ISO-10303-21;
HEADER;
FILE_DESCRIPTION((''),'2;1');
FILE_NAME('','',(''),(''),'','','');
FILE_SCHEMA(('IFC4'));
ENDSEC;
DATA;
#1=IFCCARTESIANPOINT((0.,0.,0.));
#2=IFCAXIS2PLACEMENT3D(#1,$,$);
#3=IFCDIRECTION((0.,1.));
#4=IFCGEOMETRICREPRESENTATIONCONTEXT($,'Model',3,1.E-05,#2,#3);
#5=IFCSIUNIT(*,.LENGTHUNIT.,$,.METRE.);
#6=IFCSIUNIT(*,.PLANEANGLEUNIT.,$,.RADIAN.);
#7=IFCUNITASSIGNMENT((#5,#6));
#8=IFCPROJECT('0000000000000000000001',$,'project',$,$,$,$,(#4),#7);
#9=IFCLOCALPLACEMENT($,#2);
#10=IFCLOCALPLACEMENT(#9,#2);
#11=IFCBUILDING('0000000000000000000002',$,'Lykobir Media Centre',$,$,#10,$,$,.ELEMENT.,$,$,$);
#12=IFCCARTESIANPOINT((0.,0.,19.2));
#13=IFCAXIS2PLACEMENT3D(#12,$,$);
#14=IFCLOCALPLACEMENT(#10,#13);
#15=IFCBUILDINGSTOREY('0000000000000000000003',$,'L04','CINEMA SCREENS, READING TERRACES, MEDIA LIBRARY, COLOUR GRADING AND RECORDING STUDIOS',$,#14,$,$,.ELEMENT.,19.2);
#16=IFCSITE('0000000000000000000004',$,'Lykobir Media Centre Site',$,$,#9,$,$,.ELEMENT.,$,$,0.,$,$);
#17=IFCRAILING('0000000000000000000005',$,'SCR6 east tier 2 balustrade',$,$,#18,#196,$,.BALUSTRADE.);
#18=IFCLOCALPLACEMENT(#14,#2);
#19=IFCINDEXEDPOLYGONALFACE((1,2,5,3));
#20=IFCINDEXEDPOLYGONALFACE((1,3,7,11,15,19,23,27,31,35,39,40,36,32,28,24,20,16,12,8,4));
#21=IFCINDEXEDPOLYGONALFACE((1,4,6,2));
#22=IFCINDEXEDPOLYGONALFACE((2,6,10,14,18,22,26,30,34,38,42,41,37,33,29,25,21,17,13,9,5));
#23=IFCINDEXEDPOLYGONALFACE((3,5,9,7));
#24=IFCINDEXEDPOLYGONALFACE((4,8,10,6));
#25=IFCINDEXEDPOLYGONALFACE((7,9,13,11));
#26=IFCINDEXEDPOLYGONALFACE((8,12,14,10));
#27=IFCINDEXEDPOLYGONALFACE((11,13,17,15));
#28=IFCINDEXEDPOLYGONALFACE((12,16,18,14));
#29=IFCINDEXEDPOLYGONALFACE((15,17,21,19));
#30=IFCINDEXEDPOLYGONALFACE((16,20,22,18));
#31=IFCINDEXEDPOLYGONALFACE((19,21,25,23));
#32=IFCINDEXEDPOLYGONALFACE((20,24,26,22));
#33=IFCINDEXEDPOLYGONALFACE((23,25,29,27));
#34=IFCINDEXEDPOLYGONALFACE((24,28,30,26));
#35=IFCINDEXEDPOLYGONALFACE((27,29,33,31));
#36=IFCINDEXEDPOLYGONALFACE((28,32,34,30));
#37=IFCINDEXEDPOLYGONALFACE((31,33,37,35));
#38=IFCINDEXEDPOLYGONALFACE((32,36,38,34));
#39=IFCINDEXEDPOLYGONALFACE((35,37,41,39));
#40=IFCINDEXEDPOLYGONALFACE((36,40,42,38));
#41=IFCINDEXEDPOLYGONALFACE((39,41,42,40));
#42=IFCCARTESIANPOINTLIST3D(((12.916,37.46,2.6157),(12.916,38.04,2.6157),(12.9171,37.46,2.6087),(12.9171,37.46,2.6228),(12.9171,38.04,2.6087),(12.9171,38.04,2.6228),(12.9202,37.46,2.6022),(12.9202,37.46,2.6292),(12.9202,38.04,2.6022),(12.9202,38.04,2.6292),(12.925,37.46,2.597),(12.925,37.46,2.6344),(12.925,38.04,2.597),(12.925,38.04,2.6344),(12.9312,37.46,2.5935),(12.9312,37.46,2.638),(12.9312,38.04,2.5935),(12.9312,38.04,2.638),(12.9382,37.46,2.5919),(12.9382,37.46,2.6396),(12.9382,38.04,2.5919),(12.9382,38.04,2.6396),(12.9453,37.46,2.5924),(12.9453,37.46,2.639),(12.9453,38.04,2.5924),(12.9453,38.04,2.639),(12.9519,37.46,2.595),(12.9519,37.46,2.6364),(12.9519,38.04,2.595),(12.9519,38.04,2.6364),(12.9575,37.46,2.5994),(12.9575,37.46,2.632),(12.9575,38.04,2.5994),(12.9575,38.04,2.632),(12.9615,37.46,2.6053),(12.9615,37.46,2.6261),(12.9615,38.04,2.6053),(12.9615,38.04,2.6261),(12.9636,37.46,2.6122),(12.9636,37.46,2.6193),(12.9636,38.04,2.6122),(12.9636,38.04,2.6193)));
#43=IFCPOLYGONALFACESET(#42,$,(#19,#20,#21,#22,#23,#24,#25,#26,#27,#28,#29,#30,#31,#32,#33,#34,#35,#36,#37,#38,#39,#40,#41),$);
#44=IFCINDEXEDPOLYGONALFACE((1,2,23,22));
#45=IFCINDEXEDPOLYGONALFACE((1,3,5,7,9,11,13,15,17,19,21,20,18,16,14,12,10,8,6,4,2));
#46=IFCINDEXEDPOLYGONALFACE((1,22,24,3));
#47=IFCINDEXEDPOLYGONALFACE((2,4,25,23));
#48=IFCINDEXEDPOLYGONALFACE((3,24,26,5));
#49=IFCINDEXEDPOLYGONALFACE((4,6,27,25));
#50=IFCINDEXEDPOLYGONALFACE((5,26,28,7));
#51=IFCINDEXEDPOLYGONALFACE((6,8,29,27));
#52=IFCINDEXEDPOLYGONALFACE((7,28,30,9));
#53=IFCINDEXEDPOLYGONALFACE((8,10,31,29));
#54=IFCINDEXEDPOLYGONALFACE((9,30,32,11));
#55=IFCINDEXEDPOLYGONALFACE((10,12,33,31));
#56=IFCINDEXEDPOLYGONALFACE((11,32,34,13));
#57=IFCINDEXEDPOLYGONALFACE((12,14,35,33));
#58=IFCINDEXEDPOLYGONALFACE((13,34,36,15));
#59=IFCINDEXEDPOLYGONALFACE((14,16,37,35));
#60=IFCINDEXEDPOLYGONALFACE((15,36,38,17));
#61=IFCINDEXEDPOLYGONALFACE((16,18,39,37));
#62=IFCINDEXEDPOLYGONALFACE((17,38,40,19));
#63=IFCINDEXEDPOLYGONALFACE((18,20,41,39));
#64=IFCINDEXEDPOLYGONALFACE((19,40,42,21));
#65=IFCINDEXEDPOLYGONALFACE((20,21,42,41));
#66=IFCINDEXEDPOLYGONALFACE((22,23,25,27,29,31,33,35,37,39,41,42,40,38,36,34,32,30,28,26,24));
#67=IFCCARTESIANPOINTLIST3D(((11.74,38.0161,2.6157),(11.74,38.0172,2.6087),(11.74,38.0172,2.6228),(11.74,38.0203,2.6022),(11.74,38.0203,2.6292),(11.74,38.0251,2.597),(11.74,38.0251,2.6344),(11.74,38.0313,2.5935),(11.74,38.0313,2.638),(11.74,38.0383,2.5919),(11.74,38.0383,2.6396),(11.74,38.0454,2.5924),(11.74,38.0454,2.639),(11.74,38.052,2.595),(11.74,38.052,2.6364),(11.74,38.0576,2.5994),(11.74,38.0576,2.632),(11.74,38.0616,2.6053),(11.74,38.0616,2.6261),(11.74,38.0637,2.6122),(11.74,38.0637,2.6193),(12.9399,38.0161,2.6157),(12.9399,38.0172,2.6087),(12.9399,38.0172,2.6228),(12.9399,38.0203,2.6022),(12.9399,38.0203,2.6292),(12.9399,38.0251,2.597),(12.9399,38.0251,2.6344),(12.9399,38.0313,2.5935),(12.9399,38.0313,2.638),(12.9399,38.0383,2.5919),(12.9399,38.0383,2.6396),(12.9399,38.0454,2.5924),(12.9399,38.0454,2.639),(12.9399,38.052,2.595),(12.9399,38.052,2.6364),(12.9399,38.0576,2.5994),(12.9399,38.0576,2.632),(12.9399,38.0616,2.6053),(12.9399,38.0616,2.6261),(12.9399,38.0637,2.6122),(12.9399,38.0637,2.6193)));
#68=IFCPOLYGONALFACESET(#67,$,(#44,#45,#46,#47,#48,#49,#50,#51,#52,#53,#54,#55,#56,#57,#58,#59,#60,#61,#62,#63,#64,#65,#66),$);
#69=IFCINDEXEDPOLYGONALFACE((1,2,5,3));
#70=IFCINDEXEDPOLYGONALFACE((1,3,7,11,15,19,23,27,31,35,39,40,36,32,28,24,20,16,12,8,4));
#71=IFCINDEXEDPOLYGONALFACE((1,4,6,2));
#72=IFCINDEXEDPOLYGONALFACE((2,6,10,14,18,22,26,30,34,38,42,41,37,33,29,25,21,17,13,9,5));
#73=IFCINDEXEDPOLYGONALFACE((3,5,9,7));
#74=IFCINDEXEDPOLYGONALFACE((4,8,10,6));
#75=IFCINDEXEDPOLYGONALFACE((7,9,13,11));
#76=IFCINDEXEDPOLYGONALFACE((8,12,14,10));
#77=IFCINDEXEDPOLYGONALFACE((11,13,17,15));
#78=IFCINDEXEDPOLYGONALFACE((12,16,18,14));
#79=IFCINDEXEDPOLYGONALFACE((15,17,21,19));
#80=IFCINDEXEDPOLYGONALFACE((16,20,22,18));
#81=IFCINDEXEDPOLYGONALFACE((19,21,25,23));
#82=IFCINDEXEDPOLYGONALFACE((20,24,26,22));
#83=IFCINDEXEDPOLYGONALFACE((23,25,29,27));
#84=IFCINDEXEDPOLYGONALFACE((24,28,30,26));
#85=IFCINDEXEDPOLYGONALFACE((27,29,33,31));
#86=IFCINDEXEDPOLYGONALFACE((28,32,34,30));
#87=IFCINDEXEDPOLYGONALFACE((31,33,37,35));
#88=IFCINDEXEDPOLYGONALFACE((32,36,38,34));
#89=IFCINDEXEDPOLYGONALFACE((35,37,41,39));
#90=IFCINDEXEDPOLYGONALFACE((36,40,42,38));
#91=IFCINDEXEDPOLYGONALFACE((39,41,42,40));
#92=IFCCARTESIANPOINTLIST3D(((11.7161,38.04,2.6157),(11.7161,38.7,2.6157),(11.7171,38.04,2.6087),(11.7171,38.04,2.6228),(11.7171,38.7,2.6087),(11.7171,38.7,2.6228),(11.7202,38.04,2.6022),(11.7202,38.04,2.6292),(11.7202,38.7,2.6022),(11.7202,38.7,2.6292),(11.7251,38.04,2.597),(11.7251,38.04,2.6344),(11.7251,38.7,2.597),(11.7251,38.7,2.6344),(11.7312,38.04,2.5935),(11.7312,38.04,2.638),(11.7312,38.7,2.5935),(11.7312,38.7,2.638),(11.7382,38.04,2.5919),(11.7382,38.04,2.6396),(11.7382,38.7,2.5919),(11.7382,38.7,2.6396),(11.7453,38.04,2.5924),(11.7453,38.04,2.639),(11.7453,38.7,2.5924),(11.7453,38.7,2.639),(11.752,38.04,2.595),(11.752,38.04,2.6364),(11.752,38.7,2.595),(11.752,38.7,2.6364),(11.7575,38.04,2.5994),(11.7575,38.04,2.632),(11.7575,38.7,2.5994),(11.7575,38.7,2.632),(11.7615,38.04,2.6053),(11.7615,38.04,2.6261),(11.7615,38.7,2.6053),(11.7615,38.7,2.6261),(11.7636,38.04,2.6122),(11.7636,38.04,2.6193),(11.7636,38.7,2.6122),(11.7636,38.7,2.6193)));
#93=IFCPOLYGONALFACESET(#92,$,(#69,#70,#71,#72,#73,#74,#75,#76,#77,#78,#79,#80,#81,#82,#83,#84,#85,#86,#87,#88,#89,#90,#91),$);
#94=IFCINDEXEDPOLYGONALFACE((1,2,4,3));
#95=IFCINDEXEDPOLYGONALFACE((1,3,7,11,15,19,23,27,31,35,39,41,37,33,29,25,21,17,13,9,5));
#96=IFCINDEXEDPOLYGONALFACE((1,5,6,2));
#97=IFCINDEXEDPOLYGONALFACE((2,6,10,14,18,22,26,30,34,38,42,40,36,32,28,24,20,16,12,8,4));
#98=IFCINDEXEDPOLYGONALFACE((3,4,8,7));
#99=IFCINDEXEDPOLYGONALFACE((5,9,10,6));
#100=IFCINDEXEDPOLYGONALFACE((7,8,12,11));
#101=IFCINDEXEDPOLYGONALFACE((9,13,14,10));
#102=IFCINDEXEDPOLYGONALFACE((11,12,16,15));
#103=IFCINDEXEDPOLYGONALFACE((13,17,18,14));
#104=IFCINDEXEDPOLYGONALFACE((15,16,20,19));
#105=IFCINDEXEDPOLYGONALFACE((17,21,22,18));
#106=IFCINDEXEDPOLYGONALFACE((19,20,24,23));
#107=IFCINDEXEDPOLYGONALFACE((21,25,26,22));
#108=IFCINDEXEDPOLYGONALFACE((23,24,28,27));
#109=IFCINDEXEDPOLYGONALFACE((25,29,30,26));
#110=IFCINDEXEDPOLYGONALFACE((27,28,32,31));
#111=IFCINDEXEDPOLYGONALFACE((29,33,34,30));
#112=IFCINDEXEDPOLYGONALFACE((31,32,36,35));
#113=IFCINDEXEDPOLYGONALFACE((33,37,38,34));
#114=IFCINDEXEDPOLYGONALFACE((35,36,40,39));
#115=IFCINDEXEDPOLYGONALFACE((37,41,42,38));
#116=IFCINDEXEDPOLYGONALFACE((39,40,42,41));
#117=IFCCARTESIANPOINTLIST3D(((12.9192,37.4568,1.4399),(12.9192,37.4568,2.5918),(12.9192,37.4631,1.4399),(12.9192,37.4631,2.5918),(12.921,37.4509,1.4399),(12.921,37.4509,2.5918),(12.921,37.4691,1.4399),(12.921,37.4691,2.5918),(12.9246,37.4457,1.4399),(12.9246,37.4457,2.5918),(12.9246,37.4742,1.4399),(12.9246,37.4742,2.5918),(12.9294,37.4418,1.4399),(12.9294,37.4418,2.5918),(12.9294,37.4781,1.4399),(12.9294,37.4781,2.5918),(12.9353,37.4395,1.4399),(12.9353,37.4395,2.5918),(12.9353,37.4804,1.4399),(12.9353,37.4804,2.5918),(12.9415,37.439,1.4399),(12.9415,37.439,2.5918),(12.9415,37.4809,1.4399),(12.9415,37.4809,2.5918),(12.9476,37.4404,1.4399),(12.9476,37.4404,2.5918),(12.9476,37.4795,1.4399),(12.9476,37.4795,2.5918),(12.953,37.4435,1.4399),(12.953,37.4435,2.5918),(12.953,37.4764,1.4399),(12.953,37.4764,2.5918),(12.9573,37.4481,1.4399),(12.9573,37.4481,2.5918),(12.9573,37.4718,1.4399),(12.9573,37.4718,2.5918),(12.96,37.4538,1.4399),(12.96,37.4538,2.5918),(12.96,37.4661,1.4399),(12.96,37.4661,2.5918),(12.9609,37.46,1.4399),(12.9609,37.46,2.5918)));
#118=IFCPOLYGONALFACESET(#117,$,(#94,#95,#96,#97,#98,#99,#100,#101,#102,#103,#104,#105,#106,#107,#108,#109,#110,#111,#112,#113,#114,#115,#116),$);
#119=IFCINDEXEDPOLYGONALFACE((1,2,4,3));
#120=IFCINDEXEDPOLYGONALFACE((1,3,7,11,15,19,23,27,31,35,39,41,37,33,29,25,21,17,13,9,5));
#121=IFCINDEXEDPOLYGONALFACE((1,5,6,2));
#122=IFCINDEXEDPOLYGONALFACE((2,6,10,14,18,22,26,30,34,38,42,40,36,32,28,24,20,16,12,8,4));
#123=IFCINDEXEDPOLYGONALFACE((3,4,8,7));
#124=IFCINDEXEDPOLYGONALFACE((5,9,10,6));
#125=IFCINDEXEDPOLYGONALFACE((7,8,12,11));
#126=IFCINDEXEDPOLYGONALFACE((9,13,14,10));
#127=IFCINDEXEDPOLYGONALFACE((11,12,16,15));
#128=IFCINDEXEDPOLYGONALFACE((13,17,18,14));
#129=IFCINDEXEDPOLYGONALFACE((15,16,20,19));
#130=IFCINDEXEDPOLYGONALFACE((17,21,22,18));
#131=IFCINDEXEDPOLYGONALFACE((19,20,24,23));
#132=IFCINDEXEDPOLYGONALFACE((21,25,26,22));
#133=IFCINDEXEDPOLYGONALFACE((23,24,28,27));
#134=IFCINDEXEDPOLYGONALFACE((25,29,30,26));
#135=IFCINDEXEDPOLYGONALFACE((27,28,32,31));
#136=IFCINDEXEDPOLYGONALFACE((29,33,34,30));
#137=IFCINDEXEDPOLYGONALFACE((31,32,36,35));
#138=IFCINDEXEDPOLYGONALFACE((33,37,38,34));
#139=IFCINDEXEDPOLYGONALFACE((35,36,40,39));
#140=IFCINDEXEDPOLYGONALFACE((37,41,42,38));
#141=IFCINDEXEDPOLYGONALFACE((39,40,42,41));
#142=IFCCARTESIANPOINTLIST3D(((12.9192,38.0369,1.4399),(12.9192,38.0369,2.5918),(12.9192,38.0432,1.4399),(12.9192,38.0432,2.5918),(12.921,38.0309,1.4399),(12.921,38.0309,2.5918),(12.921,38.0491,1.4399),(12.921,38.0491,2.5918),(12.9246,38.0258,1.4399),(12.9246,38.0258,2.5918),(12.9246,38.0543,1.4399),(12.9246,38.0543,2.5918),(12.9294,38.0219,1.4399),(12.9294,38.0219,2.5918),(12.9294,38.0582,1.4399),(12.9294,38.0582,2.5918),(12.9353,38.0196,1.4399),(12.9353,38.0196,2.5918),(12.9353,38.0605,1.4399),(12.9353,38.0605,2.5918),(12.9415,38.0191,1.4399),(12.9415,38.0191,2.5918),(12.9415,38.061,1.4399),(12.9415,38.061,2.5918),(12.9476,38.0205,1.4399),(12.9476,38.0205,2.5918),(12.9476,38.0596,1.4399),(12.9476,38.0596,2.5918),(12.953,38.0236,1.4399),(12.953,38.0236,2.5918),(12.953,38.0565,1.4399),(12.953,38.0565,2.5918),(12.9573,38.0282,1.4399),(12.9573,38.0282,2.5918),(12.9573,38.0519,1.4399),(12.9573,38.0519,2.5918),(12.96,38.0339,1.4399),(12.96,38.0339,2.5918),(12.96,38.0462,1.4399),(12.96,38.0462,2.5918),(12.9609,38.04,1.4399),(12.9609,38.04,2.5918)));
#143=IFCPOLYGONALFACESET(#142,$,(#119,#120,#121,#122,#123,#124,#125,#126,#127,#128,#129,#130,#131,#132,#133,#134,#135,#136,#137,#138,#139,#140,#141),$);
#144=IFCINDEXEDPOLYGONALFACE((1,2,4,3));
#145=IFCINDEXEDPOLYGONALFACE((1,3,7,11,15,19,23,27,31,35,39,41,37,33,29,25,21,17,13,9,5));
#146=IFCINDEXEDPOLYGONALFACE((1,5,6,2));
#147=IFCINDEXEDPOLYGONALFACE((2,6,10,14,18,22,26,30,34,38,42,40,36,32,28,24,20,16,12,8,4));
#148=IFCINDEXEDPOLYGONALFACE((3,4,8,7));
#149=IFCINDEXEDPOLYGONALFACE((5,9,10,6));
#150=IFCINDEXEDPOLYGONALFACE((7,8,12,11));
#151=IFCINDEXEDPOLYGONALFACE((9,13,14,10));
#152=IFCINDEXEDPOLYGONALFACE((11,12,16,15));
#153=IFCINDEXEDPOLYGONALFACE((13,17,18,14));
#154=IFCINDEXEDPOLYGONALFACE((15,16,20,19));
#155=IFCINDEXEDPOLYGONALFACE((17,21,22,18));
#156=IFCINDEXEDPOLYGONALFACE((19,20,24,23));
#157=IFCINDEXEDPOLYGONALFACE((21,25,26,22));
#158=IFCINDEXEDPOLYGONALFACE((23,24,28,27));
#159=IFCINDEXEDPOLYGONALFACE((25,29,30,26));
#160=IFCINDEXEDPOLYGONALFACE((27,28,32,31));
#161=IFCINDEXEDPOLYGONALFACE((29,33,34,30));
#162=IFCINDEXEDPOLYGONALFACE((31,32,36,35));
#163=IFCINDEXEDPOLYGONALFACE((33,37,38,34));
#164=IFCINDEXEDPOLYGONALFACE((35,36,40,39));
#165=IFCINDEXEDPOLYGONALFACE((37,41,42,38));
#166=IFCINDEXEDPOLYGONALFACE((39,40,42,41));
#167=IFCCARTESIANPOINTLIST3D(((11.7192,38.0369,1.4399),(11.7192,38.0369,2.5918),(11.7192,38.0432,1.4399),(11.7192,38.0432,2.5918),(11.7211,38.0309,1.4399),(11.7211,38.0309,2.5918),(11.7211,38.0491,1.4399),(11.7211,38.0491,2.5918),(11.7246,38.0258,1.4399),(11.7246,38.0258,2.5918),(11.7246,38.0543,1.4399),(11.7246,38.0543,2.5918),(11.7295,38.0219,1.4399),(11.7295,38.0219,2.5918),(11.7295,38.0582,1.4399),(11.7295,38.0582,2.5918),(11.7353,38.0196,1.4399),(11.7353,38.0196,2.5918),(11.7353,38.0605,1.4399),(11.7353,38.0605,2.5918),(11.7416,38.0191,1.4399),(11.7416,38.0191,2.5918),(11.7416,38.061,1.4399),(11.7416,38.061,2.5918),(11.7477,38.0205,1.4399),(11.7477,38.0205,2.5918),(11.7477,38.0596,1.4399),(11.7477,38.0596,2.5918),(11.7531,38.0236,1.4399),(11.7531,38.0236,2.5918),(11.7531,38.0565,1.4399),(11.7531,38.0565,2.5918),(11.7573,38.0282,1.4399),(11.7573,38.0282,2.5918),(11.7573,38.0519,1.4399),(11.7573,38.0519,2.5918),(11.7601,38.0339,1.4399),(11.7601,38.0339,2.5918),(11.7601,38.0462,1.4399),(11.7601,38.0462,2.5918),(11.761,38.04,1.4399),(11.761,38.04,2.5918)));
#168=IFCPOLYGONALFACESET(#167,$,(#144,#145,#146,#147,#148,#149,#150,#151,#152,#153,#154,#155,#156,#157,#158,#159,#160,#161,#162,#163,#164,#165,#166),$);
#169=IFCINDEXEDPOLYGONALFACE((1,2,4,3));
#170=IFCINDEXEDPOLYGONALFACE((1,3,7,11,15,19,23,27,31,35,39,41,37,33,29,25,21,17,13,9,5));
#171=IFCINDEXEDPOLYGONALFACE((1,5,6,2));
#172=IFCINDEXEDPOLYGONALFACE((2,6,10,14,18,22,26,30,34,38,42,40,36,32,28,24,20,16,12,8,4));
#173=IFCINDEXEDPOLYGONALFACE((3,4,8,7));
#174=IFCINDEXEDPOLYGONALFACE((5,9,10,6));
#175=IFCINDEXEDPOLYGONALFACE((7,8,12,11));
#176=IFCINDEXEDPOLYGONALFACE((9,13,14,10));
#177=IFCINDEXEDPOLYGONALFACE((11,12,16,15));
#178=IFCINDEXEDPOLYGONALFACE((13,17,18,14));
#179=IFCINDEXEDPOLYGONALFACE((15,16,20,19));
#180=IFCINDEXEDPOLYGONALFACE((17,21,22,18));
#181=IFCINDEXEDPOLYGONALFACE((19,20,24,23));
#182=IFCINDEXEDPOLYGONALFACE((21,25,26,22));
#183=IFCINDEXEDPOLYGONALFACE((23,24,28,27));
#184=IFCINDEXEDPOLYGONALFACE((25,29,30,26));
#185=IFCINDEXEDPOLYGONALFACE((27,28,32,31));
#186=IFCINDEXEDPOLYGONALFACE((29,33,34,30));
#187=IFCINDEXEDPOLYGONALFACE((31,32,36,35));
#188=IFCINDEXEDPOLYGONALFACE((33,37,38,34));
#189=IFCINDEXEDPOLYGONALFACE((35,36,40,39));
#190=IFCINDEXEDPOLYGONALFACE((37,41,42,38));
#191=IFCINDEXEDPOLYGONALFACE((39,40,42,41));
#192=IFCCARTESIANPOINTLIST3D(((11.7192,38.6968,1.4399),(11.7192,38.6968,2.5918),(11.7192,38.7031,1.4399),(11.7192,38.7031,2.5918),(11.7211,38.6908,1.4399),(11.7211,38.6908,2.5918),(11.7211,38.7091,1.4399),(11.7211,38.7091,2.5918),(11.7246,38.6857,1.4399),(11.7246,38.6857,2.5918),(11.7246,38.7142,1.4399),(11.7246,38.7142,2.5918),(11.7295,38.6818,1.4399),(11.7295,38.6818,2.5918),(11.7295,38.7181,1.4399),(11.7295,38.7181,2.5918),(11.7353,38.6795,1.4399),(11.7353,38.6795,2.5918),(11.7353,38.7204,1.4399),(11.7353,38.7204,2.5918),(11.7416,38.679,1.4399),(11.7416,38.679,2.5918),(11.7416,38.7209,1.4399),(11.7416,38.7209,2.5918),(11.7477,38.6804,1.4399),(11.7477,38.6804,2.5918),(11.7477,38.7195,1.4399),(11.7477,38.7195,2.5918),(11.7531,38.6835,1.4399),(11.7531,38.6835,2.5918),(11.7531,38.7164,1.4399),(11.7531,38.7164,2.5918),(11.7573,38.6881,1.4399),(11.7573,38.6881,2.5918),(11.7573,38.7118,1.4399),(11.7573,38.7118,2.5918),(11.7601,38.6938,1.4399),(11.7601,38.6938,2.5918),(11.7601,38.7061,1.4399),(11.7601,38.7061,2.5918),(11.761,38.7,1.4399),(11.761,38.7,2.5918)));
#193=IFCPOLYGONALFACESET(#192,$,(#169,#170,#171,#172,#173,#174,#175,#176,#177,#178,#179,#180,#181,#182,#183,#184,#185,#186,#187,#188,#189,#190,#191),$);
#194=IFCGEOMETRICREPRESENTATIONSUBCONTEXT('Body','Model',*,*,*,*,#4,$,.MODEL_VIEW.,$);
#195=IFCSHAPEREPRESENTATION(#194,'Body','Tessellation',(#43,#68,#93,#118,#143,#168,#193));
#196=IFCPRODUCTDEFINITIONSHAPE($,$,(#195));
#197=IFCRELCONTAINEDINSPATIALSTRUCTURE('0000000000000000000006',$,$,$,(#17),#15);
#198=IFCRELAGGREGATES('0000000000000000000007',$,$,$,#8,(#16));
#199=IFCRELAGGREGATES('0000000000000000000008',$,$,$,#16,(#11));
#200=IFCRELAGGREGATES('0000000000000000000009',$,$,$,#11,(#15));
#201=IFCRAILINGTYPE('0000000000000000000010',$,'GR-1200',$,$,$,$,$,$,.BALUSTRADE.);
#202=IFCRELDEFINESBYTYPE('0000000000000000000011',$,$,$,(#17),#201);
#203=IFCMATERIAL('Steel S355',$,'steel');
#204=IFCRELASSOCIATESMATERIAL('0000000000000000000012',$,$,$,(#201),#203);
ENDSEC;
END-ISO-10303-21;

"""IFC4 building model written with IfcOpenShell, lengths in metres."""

from ifc_helpers import new_model, si_unit, direction, frame, origin, origin_2d, place, context, subcontext, project, spatial, circle, extrude, material, type_object, element, save


model = new_model("IFC4")

# Units and contexts
model_context = context("Model", 3, precision=1e-05, world=origin(), true_north=direction((0.0, 1.0)))
body_context = subcontext(model_context, "Body", "Model", "MODEL_VIEW")
ifc_project = project(units=[si_unit("LENGTHUNIT", "METRE"), si_unit("PLANEANGLEUNIT", "RADIAN")], contexts=[model_context])

# Site, building, storey
site_placement = place(None, origin())
site = spatial("IfcSite", under=ifc_project, at=site_placement, Name="Lykobir Media Centre Site", CompositionType="ELEMENT", RefElevation=0.0)
building_placement = place(site_placement, origin())
building = spatial("IfcBuilding", under=site, at=building_placement, Name="Lykobir Media Centre", CompositionType="ELEMENT")
storey_placement = place(building_placement, frame((0.0, 0.0, 19.2)))
storey = spatial("IfcBuildingStorey", under=building, at=storey_placement, Name="L04", Description="CINEMA SCREENS, READING TERRACES, MEDIA LIBRARY, COLOUR GRADING AND RECORDING STUDIOS", CompositionType="ELEMENT", Elevation=19.2)

# Shared definitions
ifc_material_1 = material(Name="Steel S355", Category="steel")

# Railing
railing_type = type_object("IfcRailingType", Name="GR-1200", PredefinedType="BALUSTRADE", material=ifc_material_1)
railing_1_placement = place(storey_placement, frame((12.9399, 37.46, 1.4399)))
element("IfcRailing", 1, at=railing_1_placement, inside=storey, type_object=railing_type, Name="SCR6 east tier 2 balustrade", PredefinedType="BALUSTRADE", context=body_context, shape_type="SweptSolid", body=[
    extrude(circle(Radius=0.0239, at=origin_2d()), frame((0.0, 0.0, 1.1758), z_axis=(0.0, 1.0, 0.0), x_axis=(-1.0, 0.0, 0.0)), (0.0, 0.0, 1.0), 0.5801),
    extrude(circle(Radius=0.0239, at=origin_2d()), frame((0.0, 0.5801, 1.1758), z_axis=(-1.0, 0.0, 0.0), x_axis=(0.0, -1.0, 0.0)), (0.0, 0.0, 1.0), 1.2),
    extrude(circle(Radius=0.0239, at=origin_2d()), frame((-1.2, 0.5801, 1.1758), z_axis=(0.0, 1.0, 0.0), x_axis=(-1.0, 0.0, 0.0)), (0.0, 0.0, 1.0), 0.6599),
    extrude(circle(Radius=0.021, at=origin_2d()), origin(), (0.0, 0.0, 1.0), 1.1519),
    extrude(circle(Radius=0.021, at=origin_2d()), frame((0.0, 0.5801, 0.0)), (0.0, 0.0, 1.0), 1.1519),
    extrude(circle(Radius=0.021, at=origin_2d()), frame((-1.2, 0.5801, 0.0)), (0.0, 0.0, 1.0), 1.1519),
    extrude(circle(Radius=0.021, at=origin_2d()), frame((-1.2, 1.24, 0.0)), (0.0, 0.0, 1.0), 1.1519),
])

save(model, "model.ifc")
